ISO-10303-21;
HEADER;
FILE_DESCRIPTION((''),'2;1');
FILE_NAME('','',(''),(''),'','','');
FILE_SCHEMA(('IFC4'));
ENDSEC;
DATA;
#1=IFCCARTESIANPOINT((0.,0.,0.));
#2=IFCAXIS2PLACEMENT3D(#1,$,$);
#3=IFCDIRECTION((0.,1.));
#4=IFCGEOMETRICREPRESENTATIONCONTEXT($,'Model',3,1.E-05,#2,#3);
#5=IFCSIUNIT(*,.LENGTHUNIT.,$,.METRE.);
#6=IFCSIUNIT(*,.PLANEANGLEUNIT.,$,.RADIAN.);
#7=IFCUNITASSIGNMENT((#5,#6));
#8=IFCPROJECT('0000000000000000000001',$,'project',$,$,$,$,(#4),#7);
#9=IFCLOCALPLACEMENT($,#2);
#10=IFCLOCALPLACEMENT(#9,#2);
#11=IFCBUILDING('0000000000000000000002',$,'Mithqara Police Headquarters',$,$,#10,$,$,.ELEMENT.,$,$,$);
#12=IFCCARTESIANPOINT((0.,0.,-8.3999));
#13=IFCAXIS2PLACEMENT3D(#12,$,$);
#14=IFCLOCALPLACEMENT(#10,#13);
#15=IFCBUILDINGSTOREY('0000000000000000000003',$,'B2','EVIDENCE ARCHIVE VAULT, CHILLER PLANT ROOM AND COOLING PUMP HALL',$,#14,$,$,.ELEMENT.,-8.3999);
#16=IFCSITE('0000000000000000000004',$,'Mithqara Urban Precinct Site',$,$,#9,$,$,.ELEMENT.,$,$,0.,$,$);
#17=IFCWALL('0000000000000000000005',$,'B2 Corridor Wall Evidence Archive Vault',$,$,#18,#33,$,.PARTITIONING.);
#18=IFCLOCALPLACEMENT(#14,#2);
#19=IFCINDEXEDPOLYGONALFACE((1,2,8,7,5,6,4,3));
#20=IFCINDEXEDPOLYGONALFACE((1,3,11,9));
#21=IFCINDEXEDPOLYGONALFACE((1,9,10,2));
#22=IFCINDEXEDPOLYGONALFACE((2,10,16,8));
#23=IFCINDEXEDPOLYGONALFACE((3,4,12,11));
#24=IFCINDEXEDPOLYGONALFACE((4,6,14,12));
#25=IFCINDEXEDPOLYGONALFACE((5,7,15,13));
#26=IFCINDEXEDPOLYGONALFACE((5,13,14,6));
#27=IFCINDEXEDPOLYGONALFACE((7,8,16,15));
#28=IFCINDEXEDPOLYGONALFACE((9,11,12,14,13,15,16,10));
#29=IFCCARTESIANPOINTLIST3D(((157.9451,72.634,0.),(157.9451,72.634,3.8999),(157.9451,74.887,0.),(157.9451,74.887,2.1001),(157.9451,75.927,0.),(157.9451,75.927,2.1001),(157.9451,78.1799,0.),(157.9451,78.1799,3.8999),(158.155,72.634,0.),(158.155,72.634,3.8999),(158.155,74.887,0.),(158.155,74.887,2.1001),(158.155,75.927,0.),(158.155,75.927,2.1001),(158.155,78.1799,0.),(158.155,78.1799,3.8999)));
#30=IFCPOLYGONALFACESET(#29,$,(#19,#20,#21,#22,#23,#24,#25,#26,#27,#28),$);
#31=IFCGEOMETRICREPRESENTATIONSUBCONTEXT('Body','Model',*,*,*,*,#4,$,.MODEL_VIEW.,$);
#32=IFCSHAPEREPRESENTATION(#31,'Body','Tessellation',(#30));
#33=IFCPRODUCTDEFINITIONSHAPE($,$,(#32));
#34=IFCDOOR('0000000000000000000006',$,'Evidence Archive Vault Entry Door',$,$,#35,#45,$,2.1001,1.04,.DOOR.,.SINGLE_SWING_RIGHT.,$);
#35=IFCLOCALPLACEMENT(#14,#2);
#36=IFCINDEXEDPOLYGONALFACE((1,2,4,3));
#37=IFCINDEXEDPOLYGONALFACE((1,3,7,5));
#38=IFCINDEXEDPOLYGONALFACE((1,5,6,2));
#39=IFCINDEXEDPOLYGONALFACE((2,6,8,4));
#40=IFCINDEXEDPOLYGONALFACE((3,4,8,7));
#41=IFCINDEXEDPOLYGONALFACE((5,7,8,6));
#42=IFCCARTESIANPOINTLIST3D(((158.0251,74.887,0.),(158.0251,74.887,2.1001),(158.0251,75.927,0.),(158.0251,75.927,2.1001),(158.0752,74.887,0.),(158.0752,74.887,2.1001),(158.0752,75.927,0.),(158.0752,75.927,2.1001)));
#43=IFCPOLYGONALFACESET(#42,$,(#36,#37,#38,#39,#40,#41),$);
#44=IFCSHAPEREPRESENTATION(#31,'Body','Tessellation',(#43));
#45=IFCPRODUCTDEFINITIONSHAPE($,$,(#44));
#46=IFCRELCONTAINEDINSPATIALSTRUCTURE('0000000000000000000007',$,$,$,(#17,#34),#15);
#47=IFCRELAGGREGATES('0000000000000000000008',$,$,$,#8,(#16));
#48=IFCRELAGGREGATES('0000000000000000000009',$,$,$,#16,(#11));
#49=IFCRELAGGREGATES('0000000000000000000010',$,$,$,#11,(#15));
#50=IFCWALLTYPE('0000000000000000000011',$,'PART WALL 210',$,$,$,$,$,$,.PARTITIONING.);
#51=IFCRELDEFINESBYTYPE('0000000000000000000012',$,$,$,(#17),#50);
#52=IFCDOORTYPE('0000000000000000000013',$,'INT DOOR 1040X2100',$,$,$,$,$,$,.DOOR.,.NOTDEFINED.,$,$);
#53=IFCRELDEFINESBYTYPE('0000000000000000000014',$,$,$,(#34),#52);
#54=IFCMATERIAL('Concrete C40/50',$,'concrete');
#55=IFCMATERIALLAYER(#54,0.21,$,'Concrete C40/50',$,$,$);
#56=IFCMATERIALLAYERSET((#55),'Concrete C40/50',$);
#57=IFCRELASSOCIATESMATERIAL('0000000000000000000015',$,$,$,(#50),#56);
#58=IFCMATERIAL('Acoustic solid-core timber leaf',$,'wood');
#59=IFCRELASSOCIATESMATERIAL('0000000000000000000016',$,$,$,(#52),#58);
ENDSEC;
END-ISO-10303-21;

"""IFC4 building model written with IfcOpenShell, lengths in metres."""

from ifc_helpers import new_model, si_unit, direction, frame, frame_2d, origin, place, context, subcontext, project, spatial, rectangle, extrude, material, layer, layer_set, type_object, element, fill, save


model = new_model("IFC4")

# Units and contexts
model_context = context("Model", 3, precision=1e-05, world=origin(), true_north=direction((0.0, 1.0)))
body_context = subcontext(model_context, "Body", "Model", "MODEL_VIEW")
ifc_project = project(units=[si_unit("LENGTHUNIT", "METRE"), si_unit("PLANEANGLEUNIT", "RADIAN")], contexts=[model_context])

# Site, building, storey
site_placement = place(None, origin())
site = spatial("IfcSite", under=ifc_project, at=site_placement, Name="Mithqara Urban Precinct Site", CompositionType="ELEMENT", RefElevation=0.0)
building_placement = place(site_placement, origin())
building = spatial("IfcBuilding", under=site, at=building_placement, Name="Mithqara Police Headquarters", CompositionType="ELEMENT")
storey_placement = place(building_placement, frame((0.0, 0.0, -8.3999)))
storey = spatial("IfcBuildingStorey", under=building, at=storey_placement, Name="B2", Description="EVIDENCE ARCHIVE VAULT, CHILLER PLANT ROOM AND COOLING PUMP HALL", CompositionType="ELEMENT", Elevation=-8.3999)

# Shared definitions
ifc_material_1 = material(Name="Concrete C40/50", Category="concrete")

# Shared definitions
ifc_layer = layer(ifc_material_1, 0.21, Name="Concrete C40/50")
ifc_layer_set = layer_set([ifc_layer], Name="Concrete C40/50")
wall_type = type_object("IfcWallType", Name="PART WALL 210", PredefinedType="PARTITIONING", material=ifc_layer_set)
ifc_material_2 = material(Name="Acoustic solid-core timber leaf", Category="wood")

# Wall, opening, door
wall_1_placement = place(storey_placement, frame((158.05, 72.634, 0.0), z_axis=(0.0, 0.0, 1.0), x_axis=(0.0, 1.0, 0.0)))
wall_1 = element("IfcWall", 1, at=wall_1_placement, inside=storey, type_object=wall_type, Name="B2 Corridor Wall Evidence Archive Vault", PredefinedType="PARTITIONING", context=body_context, shape_type="SweptSolid", body=[
    extrude(rectangle(XDim=5.5459, YDim=0.21, at=frame_2d((2.7729, 0.0))), origin(), (0.0, 0.0, 1.0), 3.8999),
])
opening_1_placement = place(wall_1_placement, frame((2.2529, 0.0, 0.0)))
opening_1 = element("IfcOpeningElement", 2, at=opening_1_placement, cuts=wall_1, PredefinedType="OPENING", context=body_context, shape_type="SweptSolid", body=[
    extrude(rectangle(XDim=1.04, YDim=2.1001, at=frame_2d((0.52, 1.05))), frame((0.0, 0.115, 0.0), z_axis=(0.0, -1.0, 0.0), x_axis=(1.0, 0.0, 0.0)), (0.0, 0.0, 1.0), 0.23),
])
door_type_1 = type_object("IfcDoorType", Name="INT DOOR 1040X2100", OperationType="NOTDEFINED", PredefinedType="DOOR", material=ifc_material_2)
door_1_placement = place(opening_1_placement, origin())
door_1 = element("IfcDoor", 3, at=door_1_placement, inside=storey, type_object=door_type_1, Name="Evidence Archive Vault Entry Door", OperationType="SINGLE_SWING_RIGHT", OverallHeight=2.1001, OverallWidth=1.04, PredefinedType="DOOR", context=body_context, shape_type="SweptSolid", body=[
    extrude(rectangle(XDim=1.04, YDim=2.1001, at=frame_2d((0.52, 1.05))), frame((0.0, 0.0249, 0.0), z_axis=(0.0, -1.0, 0.0), x_axis=(1.0, 0.0, 0.0)), (0.0, 0.0, 1.0), 0.05),
])
fill(opening_1, door_1)

save(model, "model.ifc")
